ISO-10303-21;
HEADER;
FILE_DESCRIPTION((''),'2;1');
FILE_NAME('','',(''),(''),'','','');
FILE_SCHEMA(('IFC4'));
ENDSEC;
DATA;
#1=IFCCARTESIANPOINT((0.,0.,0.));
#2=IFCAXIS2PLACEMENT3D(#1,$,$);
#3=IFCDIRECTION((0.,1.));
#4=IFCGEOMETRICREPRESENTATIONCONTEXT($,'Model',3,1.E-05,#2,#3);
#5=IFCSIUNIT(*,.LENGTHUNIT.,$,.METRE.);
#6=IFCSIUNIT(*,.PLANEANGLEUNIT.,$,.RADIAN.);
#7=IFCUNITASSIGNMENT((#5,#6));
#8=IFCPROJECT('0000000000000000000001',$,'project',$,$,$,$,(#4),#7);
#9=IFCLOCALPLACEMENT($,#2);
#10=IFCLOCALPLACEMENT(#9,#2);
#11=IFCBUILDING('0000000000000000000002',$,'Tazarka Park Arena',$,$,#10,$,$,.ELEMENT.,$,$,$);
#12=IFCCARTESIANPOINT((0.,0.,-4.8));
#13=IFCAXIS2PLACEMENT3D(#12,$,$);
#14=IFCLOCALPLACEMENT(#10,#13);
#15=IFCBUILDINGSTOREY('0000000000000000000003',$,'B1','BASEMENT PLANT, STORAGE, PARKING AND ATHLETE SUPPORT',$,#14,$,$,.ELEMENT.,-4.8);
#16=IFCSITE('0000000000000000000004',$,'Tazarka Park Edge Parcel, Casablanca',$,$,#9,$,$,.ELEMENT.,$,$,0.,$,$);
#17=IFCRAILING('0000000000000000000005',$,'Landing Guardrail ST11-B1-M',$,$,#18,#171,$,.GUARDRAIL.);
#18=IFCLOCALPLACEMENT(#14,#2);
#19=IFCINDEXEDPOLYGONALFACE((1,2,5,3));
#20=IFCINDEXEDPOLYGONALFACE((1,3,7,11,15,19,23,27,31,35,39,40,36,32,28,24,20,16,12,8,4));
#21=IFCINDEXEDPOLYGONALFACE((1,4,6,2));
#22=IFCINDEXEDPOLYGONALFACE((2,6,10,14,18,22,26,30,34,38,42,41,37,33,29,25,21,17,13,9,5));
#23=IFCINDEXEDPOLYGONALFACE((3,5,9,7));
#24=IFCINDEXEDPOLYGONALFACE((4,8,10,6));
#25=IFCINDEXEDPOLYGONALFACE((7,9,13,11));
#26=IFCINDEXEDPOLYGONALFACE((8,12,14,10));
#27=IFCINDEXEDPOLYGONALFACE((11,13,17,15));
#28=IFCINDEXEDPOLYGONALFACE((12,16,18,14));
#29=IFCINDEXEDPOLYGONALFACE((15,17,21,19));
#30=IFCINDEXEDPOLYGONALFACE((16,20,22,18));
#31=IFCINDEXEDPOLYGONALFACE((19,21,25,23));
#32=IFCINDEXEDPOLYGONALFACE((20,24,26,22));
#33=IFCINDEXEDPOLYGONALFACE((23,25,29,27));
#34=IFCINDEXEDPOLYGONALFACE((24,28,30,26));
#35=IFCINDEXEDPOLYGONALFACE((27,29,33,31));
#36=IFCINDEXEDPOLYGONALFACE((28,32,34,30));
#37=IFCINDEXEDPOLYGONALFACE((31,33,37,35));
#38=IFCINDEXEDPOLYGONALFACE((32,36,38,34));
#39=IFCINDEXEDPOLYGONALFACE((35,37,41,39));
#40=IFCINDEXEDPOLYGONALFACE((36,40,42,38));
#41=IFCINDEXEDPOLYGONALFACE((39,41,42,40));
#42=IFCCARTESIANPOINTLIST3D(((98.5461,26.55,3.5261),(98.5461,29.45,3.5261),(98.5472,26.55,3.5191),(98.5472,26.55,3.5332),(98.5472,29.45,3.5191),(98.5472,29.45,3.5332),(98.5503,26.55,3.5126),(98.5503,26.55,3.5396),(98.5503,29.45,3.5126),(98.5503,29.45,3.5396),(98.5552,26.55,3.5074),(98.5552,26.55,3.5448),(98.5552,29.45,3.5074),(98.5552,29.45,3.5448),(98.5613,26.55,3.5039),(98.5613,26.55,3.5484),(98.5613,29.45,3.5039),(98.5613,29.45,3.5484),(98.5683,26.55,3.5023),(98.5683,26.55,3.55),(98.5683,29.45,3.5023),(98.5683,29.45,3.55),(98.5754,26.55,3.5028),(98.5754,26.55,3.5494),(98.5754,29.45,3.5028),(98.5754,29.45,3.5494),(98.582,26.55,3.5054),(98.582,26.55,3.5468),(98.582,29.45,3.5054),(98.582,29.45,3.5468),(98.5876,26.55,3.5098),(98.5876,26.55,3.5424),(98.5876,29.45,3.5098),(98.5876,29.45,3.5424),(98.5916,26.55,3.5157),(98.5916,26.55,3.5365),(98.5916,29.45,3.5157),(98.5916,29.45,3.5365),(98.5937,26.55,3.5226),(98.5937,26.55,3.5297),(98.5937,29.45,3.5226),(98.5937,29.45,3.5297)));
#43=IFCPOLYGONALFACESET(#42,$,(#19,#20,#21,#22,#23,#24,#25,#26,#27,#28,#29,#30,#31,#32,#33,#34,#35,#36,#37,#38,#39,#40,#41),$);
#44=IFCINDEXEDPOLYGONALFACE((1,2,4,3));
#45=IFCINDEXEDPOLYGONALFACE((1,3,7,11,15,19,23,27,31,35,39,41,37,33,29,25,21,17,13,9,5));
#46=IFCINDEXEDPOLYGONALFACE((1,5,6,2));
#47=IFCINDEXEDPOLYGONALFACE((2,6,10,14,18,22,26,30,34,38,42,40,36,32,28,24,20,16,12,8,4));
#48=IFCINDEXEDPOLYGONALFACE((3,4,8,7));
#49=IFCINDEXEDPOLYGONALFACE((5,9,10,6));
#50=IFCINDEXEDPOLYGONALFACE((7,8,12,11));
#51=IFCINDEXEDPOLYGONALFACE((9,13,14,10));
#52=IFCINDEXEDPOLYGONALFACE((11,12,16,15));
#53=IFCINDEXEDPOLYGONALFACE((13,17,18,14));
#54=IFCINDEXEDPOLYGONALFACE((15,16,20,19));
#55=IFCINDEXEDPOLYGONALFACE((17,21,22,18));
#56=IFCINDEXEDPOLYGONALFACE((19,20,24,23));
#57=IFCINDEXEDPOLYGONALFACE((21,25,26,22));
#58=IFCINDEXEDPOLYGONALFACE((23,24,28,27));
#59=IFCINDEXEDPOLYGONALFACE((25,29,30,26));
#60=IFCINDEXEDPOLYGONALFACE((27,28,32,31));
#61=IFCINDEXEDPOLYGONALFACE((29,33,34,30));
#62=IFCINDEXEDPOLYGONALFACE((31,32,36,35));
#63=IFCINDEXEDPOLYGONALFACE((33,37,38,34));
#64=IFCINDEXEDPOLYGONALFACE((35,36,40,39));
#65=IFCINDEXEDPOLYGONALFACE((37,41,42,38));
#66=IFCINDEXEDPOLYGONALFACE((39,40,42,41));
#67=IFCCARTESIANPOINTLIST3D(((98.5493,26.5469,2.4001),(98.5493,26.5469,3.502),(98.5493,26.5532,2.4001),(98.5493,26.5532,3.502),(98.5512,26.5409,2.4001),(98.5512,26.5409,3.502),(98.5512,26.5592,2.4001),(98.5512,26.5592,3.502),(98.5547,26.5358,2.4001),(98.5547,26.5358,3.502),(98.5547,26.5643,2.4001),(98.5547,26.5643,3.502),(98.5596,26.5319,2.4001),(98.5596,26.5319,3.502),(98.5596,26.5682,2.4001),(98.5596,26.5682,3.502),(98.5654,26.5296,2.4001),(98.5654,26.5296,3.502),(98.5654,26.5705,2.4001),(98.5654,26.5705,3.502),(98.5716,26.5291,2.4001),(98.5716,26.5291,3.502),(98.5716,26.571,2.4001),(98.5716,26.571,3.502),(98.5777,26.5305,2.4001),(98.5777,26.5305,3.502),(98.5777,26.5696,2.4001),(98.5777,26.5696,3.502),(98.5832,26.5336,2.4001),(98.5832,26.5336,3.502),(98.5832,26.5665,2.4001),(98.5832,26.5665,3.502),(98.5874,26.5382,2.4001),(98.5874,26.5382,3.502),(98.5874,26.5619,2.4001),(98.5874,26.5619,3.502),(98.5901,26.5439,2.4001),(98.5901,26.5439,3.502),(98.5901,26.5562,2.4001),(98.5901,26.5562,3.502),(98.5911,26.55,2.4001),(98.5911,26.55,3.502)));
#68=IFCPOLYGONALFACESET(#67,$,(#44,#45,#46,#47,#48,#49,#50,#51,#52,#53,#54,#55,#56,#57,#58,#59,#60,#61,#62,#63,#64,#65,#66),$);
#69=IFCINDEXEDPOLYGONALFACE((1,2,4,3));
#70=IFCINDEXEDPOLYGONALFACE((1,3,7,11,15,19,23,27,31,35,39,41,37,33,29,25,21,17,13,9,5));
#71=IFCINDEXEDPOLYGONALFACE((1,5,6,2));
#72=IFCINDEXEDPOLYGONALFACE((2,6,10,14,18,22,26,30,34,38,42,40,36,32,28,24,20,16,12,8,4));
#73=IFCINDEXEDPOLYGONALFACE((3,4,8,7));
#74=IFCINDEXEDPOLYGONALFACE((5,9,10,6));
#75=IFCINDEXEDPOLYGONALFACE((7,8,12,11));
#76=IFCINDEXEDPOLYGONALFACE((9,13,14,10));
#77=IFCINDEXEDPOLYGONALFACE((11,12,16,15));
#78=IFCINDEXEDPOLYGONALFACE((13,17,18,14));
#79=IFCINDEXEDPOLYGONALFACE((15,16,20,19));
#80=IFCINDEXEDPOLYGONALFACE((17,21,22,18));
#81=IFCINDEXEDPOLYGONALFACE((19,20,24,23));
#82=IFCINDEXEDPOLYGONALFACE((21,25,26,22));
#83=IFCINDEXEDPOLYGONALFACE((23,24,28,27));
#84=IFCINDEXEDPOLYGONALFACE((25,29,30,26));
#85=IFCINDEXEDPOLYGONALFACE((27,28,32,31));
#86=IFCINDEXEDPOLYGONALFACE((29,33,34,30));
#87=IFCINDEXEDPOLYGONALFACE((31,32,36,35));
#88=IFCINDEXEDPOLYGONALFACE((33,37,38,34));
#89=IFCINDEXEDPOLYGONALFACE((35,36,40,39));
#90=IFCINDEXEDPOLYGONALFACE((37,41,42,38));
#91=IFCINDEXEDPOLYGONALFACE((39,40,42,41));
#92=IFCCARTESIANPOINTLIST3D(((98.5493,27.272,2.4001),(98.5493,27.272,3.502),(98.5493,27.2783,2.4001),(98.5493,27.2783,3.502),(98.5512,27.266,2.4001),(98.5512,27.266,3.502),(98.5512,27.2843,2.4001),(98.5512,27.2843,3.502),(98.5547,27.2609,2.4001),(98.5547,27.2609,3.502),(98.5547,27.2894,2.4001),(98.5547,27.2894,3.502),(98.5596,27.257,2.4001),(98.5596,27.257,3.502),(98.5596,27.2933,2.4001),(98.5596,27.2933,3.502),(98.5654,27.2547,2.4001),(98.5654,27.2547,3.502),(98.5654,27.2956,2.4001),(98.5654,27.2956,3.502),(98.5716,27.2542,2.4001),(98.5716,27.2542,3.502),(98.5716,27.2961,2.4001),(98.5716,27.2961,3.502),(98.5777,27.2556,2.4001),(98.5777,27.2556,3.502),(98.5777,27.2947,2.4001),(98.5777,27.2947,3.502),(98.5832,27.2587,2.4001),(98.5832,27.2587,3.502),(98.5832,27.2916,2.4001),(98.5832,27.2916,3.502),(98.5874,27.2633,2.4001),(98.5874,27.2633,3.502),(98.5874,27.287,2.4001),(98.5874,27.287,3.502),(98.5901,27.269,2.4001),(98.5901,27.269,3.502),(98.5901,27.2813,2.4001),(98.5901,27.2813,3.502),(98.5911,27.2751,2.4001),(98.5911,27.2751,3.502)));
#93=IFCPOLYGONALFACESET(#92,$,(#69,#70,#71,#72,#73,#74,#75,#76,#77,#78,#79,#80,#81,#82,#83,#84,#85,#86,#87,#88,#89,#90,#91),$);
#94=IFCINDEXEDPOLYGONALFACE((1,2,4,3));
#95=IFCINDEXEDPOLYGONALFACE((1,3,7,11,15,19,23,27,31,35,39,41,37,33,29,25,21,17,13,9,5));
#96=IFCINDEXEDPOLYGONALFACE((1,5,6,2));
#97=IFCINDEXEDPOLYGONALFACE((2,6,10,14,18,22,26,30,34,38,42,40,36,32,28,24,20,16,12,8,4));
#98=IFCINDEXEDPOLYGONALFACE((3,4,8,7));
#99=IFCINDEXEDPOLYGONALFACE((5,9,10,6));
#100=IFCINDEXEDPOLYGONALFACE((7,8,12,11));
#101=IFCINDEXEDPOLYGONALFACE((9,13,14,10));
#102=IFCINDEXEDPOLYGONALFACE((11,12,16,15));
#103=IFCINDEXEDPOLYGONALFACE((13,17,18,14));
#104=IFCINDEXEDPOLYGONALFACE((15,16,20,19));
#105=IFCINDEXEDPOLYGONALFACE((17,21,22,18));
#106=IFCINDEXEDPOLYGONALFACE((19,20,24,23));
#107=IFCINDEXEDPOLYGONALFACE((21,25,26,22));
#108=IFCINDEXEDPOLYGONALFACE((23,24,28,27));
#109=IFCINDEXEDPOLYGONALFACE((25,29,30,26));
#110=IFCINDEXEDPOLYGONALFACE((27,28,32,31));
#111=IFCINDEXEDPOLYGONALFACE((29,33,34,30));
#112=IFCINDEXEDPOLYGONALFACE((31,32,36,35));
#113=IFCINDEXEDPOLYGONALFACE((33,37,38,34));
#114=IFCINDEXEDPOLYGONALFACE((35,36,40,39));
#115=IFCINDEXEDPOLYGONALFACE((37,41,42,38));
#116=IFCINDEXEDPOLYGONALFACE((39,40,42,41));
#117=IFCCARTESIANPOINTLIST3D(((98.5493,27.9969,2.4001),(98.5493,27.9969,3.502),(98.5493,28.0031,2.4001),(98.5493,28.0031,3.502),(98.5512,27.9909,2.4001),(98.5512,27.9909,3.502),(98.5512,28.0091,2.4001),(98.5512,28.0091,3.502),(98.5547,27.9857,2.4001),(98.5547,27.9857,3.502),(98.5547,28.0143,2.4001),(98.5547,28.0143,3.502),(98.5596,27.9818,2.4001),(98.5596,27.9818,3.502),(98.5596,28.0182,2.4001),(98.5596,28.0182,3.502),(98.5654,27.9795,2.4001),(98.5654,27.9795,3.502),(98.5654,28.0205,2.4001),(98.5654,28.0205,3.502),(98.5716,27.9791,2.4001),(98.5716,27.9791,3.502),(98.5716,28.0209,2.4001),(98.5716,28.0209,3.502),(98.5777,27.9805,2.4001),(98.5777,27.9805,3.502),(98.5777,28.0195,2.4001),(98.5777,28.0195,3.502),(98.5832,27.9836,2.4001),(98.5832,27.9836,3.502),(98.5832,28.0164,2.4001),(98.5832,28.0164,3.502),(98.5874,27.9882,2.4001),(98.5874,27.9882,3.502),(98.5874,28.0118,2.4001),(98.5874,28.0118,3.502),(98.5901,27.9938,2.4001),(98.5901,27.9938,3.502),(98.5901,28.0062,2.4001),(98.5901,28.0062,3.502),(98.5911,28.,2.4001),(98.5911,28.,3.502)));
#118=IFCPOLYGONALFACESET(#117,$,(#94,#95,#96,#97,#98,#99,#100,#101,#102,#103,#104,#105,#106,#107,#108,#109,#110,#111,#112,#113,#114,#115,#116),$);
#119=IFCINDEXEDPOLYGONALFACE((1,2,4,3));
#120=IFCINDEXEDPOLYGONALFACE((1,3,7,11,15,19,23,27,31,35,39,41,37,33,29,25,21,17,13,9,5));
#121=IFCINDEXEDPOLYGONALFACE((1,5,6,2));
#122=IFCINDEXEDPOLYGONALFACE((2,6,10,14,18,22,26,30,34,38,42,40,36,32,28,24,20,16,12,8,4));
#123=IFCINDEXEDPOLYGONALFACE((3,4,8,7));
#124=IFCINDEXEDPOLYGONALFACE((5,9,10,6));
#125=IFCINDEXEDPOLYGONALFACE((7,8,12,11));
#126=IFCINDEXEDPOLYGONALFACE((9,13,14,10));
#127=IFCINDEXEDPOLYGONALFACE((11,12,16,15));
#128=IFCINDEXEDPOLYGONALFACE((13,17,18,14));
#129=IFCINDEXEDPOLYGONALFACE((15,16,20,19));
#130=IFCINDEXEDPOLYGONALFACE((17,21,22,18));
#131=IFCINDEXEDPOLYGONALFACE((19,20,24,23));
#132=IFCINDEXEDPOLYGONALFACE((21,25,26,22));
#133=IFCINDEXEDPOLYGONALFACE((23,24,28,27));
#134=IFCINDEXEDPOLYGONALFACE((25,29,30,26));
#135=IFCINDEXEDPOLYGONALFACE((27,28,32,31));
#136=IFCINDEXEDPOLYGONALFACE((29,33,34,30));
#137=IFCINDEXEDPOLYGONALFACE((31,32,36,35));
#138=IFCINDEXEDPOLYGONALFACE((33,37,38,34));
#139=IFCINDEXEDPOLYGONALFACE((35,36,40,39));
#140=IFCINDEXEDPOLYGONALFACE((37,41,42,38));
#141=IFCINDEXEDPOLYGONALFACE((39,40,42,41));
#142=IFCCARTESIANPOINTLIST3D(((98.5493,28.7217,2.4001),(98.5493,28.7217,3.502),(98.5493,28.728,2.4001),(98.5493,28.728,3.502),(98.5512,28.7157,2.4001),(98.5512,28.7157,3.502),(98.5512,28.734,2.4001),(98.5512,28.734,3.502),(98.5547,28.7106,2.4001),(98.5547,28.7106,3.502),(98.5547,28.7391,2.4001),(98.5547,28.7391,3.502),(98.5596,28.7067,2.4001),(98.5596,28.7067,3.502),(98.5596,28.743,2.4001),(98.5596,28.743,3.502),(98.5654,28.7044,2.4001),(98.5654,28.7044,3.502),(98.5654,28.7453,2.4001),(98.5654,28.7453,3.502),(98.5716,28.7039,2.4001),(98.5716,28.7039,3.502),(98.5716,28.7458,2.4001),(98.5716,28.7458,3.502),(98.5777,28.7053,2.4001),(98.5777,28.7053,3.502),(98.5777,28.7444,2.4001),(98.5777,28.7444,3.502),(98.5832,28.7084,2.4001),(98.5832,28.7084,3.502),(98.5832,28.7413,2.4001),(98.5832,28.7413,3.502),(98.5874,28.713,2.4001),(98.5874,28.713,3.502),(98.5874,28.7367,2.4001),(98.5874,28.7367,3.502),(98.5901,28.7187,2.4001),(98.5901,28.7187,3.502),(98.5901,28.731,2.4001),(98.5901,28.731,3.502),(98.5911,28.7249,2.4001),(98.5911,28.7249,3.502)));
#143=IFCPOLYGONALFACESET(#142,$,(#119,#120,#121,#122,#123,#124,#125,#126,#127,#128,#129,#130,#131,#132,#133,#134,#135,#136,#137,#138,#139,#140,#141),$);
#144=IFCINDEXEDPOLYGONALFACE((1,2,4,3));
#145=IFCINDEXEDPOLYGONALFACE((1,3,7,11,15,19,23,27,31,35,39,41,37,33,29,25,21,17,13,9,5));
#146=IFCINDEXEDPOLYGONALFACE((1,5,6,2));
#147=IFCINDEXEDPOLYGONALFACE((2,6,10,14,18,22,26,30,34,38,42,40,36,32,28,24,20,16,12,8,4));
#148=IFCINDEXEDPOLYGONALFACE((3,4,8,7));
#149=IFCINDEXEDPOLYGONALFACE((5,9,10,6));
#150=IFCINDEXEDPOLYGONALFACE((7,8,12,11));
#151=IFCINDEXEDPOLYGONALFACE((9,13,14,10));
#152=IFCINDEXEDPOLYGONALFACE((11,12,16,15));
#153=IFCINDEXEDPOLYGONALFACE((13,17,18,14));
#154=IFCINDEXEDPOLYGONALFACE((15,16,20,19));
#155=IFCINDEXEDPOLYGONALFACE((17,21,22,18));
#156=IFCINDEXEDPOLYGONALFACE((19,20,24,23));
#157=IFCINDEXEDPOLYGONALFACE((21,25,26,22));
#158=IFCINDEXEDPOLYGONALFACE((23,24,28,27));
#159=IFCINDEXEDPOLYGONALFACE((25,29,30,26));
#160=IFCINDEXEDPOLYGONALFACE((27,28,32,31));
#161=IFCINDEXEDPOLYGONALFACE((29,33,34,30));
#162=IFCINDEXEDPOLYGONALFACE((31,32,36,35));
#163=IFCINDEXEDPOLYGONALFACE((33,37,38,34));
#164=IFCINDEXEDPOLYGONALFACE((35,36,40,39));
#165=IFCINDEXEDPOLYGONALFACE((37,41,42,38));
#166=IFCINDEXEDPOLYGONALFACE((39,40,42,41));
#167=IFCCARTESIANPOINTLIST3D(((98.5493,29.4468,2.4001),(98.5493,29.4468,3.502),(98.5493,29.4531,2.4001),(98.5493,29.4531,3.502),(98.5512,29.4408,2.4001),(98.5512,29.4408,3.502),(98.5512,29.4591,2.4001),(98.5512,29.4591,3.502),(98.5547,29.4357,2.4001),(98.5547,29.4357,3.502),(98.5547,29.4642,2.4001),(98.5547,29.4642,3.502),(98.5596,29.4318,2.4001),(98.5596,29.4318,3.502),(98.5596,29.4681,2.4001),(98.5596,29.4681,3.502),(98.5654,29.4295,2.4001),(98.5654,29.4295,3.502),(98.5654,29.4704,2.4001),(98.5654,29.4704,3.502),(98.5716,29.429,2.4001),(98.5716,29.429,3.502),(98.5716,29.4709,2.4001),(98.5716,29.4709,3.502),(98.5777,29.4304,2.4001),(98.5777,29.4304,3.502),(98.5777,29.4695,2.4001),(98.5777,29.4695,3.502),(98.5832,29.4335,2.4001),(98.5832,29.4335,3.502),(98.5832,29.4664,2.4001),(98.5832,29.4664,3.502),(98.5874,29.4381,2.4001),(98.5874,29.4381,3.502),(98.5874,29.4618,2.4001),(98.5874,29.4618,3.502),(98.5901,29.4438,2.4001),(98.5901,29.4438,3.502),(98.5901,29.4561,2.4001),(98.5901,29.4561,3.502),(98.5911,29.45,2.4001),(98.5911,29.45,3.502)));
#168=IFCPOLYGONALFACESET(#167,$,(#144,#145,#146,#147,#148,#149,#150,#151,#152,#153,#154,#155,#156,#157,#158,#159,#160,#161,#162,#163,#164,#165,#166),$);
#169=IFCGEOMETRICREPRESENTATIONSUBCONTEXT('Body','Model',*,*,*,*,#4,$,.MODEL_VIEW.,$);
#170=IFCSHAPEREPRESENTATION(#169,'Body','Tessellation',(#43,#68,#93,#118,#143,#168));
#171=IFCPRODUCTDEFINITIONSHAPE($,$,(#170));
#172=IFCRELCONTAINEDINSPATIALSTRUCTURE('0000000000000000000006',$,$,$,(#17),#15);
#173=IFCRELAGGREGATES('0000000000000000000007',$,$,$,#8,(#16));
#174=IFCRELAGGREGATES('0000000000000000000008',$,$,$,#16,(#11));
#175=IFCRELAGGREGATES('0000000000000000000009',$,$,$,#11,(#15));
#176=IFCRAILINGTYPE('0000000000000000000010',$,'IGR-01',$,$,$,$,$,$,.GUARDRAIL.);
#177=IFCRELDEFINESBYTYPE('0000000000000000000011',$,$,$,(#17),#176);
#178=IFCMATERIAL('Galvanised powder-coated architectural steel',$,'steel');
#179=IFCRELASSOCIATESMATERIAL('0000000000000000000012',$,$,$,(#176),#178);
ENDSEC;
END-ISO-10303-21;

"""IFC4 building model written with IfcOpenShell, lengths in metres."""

from ifc_helpers import new_model, si_unit, direction, frame, origin, origin_2d, place, context, subcontext, project, spatial, circle, extrude, material, type_object, element, save


model = new_model("IFC4")

# Units and contexts
model_context = context("Model", 3, precision=1e-05, world=origin(), true_north=direction((0.0, 1.0)))
body_context = subcontext(model_context, "Body", "Model", "MODEL_VIEW")
ifc_project = project(units=[si_unit("LENGTHUNIT", "METRE"), si_unit("PLANEANGLEUNIT", "RADIAN")], contexts=[model_context])

# Site, building, storey
site_placement = place(None, origin())
site = spatial("IfcSite", under=ifc_project, at=site_placement, Name="Tazarka Park Edge Parcel, Casablanca", CompositionType="ELEMENT", RefElevation=0.0)
building_placement = place(site_placement, origin())
building = spatial("IfcBuilding", under=site, at=building_placement, Name="Tazarka Park Arena", CompositionType="ELEMENT")
storey_placement = place(building_placement, frame((0.0, 0.0, -4.8)))
storey = spatial("IfcBuildingStorey", under=building, at=storey_placement, Name="B1", Description="BASEMENT PLANT, STORAGE, PARKING AND ATHLETE SUPPORT", CompositionType="ELEMENT", Elevation=-4.8)

# Railing
ifc_material_1 = material(Name="Galvanised powder-coated architectural steel", Category="steel")
railing_type_1 = type_object("IfcRailingType", Name="IGR-01", PredefinedType="GUARDRAIL", material=ifc_material_1)
railing_1_placement = place(storey_placement, frame((98.5701, 26.55, 2.4001)))
element("IfcRailing", 1, at=railing_1_placement, inside=storey, type_object=railing_type_1, Name="Landing Guardrail ST11-B1-M", PredefinedType="GUARDRAIL", context=body_context, shape_type="SweptSolid", body=[
    extrude(circle(Radius=0.0239, at=origin_2d()), frame((0.0, 0.0, 1.126), z_axis=(0.0, 1.0, 0.0), x_axis=(-1.0, 0.0, 0.0)), (0.0, 0.0, 1.0), 2.8999),
    extrude(circle(Radius=0.021, at=origin_2d()), origin(), (0.0, 0.0, 1.0), 1.1018),
    extrude(circle(Radius=0.021, at=origin_2d()), frame((0.0, 0.7251, 0.0)), (0.0, 0.0, 1.0), 1.1018),
    extrude(circle(Radius=0.021, at=origin_2d()), frame((0.0, 1.45, 0.0)), (0.0, 0.0, 1.0), 1.1018),
    extrude(circle(Radius=0.021, at=origin_2d()), frame((0.0, 2.1748, 0.0)), (0.0, 0.0, 1.0), 1.1018),
    extrude(circle(Radius=0.021, at=origin_2d()), frame((0.0, 2.8999, 0.0)), (0.0, 0.0, 1.0), 1.1018),
])

save(model, "model.ifc")
